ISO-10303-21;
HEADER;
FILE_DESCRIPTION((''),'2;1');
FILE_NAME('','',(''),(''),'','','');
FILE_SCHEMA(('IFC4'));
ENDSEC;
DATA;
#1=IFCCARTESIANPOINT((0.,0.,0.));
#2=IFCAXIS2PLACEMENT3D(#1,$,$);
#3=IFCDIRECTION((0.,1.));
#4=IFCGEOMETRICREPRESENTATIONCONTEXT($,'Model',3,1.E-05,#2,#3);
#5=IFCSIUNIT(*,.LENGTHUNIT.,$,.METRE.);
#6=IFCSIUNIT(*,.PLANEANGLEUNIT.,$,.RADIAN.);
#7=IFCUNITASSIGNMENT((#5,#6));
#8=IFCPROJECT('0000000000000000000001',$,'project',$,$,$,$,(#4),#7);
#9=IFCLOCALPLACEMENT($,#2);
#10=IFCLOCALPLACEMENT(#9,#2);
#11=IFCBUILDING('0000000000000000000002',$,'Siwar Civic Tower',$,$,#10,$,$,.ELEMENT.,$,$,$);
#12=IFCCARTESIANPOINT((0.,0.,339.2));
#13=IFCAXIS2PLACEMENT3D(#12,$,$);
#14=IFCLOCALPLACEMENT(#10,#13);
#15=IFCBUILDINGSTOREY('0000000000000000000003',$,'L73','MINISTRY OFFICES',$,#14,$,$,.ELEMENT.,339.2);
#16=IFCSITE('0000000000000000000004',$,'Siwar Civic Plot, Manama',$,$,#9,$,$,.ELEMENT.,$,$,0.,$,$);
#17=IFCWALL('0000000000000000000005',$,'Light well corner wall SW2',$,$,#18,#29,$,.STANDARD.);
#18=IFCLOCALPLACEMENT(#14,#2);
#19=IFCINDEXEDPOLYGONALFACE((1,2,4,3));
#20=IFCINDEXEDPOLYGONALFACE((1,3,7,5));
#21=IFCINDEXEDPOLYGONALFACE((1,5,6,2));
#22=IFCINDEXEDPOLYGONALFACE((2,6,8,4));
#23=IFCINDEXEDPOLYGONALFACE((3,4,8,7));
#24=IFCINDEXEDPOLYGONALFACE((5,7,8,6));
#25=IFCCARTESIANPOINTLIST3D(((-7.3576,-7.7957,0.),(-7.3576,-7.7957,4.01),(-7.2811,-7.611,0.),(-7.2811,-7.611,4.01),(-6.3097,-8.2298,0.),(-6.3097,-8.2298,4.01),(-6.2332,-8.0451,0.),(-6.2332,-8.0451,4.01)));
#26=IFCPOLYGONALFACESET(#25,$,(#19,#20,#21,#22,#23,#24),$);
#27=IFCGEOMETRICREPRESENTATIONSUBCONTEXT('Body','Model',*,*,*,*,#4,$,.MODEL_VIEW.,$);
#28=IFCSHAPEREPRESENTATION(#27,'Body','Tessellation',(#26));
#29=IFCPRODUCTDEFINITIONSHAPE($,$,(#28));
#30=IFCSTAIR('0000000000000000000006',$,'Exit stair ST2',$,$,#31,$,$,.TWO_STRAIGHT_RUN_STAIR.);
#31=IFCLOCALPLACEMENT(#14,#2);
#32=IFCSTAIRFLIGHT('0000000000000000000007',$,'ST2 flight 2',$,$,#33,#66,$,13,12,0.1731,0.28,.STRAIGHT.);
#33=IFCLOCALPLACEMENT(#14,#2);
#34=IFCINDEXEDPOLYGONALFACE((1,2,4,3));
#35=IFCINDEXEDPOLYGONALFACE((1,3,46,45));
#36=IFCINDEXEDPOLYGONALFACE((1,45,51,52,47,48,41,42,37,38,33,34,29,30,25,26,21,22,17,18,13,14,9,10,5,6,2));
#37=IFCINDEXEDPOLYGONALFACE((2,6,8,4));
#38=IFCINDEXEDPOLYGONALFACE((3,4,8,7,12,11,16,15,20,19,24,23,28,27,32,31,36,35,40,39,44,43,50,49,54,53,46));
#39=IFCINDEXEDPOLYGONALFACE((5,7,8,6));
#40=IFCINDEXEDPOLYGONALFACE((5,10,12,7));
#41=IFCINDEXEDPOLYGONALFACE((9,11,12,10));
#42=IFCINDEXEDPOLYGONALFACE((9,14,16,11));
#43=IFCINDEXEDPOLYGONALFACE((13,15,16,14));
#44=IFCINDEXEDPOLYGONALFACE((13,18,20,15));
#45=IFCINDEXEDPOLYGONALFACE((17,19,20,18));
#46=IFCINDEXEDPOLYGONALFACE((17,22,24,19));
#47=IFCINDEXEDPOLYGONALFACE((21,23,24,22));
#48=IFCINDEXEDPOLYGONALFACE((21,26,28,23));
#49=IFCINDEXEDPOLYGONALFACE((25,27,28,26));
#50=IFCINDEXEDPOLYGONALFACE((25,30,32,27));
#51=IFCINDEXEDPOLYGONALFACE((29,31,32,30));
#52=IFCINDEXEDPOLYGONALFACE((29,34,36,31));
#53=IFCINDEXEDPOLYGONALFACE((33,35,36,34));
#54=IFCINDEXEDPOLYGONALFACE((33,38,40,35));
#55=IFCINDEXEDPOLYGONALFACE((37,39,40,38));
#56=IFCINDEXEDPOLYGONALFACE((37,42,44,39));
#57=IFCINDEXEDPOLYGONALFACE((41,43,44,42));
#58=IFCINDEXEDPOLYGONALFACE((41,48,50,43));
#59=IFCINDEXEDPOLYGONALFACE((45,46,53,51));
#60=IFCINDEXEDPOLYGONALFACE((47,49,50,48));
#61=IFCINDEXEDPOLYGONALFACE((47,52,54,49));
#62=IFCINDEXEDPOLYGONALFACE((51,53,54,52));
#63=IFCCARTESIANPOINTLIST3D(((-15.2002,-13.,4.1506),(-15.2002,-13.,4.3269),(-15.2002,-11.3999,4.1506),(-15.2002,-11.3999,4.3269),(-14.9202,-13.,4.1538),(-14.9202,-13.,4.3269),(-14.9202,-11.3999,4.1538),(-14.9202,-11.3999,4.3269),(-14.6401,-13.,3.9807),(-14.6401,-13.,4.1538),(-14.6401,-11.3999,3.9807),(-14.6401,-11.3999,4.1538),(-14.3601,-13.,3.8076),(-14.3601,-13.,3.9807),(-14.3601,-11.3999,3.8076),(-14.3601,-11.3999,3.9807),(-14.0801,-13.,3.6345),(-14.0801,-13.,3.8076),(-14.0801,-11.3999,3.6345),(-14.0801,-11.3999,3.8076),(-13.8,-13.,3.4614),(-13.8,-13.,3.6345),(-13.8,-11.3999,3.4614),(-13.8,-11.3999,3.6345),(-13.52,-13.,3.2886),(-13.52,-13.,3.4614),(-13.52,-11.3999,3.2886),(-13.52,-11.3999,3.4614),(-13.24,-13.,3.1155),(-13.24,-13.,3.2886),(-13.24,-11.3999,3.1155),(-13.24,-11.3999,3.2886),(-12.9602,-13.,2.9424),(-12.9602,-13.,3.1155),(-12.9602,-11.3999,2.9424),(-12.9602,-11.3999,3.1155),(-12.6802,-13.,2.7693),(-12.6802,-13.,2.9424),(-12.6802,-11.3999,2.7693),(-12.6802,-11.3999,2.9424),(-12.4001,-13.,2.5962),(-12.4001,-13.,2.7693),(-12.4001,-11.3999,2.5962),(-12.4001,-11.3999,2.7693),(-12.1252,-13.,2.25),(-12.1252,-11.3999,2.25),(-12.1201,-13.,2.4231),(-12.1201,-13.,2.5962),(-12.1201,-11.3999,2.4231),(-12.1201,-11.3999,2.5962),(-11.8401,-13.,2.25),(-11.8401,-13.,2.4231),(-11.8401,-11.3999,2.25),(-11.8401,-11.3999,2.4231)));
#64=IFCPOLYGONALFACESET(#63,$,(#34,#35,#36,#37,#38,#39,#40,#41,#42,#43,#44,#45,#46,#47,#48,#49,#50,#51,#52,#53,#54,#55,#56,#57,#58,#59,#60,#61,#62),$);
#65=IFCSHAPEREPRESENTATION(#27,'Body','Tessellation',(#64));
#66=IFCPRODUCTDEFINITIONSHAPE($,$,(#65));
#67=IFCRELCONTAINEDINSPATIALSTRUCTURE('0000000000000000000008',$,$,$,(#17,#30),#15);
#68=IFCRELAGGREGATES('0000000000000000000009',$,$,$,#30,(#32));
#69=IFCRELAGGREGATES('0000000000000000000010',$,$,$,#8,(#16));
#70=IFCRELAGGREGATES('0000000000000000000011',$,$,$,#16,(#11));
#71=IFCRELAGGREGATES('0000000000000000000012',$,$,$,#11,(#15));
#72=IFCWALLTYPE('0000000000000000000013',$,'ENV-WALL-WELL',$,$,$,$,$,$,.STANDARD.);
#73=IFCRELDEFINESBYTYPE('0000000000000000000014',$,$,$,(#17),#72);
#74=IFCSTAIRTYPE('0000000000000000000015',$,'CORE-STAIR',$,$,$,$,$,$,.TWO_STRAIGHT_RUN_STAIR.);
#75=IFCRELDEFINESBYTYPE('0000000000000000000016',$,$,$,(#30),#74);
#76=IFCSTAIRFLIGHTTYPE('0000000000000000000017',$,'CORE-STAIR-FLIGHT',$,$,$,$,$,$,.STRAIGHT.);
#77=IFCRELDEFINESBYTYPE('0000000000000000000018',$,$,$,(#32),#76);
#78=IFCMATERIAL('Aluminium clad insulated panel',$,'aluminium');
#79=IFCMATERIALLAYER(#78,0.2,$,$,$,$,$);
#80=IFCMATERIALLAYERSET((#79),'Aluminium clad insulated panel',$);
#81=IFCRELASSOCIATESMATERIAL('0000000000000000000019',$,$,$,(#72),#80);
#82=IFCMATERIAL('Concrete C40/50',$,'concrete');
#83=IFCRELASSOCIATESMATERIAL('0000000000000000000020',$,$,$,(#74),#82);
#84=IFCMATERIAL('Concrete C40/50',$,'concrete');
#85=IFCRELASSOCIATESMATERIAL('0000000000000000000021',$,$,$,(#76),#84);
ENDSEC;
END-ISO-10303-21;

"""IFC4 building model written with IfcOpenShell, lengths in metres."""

from ifc_helpers import new_model, si_unit, direction, frame, frame_2d, origin, place, context, subcontext, project, spatial, polyline, rectangle, outline, extrude, material, layer, layer_set, type_object, element, aggregate, save


model = new_model("IFC4")

# Units and contexts
model_context = context("Model", 3, precision=1e-05, world=origin(), true_north=direction((0.0, 1.0)))
body_context = subcontext(model_context, "Body", "Model", "MODEL_VIEW")
ifc_project = project(units=[si_unit("LENGTHUNIT", "METRE"), si_unit("PLANEANGLEUNIT", "RADIAN")], contexts=[model_context])

# Site, building, storey
site_placement = place(None, origin())
site = spatial("IfcSite", under=ifc_project, at=site_placement, Name="Siwar Civic Plot, Manama", CompositionType="ELEMENT", RefElevation=0.0)
building_placement = place(site_placement, origin())
building = spatial("IfcBuilding", under=site, at=building_placement, Name="Siwar Civic Tower", CompositionType="ELEMENT")
storey_placement = place(building_placement, frame((0.0, 0.0, 339.2)))
storey = spatial("IfcBuildingStorey", under=building, at=storey_placement, Name="L73", Description="MINISTRY OFFICES", CompositionType="ELEMENT", Elevation=339.2)

# Wall
ifc_material_1 = material(Name="Aluminium clad insulated panel", Category="aluminium")
ifc_layer_1 = layer(ifc_material_1, 0.2)
ifc_layer_set_1 = layer_set([ifc_layer_1], Name="Aluminium clad insulated panel")
wall_type_1 = type_object("IfcWallType", Name="ENV-WALL-WELL", PredefinedType="STANDARD", material=ifc_layer_set_1)
wall_1_placement = place(storey_placement, frame((-7.3193, -7.7034, 0.0), z_axis=(0.0, 0.0, 1.0), x_axis=(0.923865, -0.382719, 0.0)))
element("IfcWall", 1, at=wall_1_placement, inside=storey, type_object=wall_type_1, Name="Light well corner wall SW2", PredefinedType="STANDARD", context=body_context, shape_type="SweptSolid", body=[
    extrude(rectangle(XDim=1.1343, YDim=0.2, at=frame_2d((0.5671, 0.0))), origin(), (0.0, 0.0, 1.0), 4.01),
])

# Stair, stair flight
ifc_material_2 = material(Name="Concrete C40/50", Category="concrete")
stair_type = type_object("IfcStairType", Name="CORE-STAIR", PredefinedType="TWO_STRAIGHT_RUN_STAIR", material=ifc_material_2)
stair_placement = place(storey_placement, origin())
stair = element("IfcStair", 2, at=stair_placement, inside=storey, type_object=stair_type, Name="Exit stair ST2", PredefinedType="TWO_STRAIGHT_RUN_STAIR")
ifc_material_3 = material(Name="Concrete C40/50", Category="concrete")
stair_flight_type = type_object("IfcStairFlightType", Name="CORE-STAIR-FLIGHT", PredefinedType="STRAIGHT", material=ifc_material_3)
stair_flight_placement = place(storey_placement, frame((-11.8401, -12.2, 2.25), z_axis=(0.0, 0.0, 1.0), x_axis=(-1.0, 0.0, 0.0)))
stair_flight = element("IfcStairFlight", 3, at=stair_flight_placement, type_object=stair_flight_type, Name="ST2 flight 2", NumberOfRisers=13, NumberOfTreads=12, PredefinedType="STRAIGHT", RiserHeight=0.1731, TreadLength=0.28, context=body_context, shape_type="SweptSolid", body=[
    extrude(outline(polyline([(0.0, 0.0), (0.0, 0.1731), (0.28, 0.1731), (0.28, 0.3462), (0.5601, 0.3462), (0.5601, 0.5193), (0.8401, 0.5193), (0.8401, 0.6924), (1.1201, 0.6924), (1.1201, 0.8655), (1.3999, 0.8655), (1.3999, 1.0386), (1.6799, 1.0386), (1.6799, 1.2114), (1.96, 1.2114), (1.96, 1.3845), (2.24, 1.3845), (2.24, 1.5576), (2.52, 1.5576), (2.52, 1.7307), (2.8, 1.7307), (2.8, 1.9038), (3.0801, 1.9038), (3.0801, 2.0769), (3.3601, 2.0769), (3.3601, 2.25), (3.3601, 1.9006), (0.2852, 0.0), (0.0, 0.0)])), frame((0.0, 0.8, 0.0), z_axis=(0.0, -1.0, 0.0), x_axis=(1.0, 0.0, 0.0)), (0.0, 0.0, 1.0), 1.6001),
])
aggregate(stair, [stair_flight])

save(model, "model.ifc")
